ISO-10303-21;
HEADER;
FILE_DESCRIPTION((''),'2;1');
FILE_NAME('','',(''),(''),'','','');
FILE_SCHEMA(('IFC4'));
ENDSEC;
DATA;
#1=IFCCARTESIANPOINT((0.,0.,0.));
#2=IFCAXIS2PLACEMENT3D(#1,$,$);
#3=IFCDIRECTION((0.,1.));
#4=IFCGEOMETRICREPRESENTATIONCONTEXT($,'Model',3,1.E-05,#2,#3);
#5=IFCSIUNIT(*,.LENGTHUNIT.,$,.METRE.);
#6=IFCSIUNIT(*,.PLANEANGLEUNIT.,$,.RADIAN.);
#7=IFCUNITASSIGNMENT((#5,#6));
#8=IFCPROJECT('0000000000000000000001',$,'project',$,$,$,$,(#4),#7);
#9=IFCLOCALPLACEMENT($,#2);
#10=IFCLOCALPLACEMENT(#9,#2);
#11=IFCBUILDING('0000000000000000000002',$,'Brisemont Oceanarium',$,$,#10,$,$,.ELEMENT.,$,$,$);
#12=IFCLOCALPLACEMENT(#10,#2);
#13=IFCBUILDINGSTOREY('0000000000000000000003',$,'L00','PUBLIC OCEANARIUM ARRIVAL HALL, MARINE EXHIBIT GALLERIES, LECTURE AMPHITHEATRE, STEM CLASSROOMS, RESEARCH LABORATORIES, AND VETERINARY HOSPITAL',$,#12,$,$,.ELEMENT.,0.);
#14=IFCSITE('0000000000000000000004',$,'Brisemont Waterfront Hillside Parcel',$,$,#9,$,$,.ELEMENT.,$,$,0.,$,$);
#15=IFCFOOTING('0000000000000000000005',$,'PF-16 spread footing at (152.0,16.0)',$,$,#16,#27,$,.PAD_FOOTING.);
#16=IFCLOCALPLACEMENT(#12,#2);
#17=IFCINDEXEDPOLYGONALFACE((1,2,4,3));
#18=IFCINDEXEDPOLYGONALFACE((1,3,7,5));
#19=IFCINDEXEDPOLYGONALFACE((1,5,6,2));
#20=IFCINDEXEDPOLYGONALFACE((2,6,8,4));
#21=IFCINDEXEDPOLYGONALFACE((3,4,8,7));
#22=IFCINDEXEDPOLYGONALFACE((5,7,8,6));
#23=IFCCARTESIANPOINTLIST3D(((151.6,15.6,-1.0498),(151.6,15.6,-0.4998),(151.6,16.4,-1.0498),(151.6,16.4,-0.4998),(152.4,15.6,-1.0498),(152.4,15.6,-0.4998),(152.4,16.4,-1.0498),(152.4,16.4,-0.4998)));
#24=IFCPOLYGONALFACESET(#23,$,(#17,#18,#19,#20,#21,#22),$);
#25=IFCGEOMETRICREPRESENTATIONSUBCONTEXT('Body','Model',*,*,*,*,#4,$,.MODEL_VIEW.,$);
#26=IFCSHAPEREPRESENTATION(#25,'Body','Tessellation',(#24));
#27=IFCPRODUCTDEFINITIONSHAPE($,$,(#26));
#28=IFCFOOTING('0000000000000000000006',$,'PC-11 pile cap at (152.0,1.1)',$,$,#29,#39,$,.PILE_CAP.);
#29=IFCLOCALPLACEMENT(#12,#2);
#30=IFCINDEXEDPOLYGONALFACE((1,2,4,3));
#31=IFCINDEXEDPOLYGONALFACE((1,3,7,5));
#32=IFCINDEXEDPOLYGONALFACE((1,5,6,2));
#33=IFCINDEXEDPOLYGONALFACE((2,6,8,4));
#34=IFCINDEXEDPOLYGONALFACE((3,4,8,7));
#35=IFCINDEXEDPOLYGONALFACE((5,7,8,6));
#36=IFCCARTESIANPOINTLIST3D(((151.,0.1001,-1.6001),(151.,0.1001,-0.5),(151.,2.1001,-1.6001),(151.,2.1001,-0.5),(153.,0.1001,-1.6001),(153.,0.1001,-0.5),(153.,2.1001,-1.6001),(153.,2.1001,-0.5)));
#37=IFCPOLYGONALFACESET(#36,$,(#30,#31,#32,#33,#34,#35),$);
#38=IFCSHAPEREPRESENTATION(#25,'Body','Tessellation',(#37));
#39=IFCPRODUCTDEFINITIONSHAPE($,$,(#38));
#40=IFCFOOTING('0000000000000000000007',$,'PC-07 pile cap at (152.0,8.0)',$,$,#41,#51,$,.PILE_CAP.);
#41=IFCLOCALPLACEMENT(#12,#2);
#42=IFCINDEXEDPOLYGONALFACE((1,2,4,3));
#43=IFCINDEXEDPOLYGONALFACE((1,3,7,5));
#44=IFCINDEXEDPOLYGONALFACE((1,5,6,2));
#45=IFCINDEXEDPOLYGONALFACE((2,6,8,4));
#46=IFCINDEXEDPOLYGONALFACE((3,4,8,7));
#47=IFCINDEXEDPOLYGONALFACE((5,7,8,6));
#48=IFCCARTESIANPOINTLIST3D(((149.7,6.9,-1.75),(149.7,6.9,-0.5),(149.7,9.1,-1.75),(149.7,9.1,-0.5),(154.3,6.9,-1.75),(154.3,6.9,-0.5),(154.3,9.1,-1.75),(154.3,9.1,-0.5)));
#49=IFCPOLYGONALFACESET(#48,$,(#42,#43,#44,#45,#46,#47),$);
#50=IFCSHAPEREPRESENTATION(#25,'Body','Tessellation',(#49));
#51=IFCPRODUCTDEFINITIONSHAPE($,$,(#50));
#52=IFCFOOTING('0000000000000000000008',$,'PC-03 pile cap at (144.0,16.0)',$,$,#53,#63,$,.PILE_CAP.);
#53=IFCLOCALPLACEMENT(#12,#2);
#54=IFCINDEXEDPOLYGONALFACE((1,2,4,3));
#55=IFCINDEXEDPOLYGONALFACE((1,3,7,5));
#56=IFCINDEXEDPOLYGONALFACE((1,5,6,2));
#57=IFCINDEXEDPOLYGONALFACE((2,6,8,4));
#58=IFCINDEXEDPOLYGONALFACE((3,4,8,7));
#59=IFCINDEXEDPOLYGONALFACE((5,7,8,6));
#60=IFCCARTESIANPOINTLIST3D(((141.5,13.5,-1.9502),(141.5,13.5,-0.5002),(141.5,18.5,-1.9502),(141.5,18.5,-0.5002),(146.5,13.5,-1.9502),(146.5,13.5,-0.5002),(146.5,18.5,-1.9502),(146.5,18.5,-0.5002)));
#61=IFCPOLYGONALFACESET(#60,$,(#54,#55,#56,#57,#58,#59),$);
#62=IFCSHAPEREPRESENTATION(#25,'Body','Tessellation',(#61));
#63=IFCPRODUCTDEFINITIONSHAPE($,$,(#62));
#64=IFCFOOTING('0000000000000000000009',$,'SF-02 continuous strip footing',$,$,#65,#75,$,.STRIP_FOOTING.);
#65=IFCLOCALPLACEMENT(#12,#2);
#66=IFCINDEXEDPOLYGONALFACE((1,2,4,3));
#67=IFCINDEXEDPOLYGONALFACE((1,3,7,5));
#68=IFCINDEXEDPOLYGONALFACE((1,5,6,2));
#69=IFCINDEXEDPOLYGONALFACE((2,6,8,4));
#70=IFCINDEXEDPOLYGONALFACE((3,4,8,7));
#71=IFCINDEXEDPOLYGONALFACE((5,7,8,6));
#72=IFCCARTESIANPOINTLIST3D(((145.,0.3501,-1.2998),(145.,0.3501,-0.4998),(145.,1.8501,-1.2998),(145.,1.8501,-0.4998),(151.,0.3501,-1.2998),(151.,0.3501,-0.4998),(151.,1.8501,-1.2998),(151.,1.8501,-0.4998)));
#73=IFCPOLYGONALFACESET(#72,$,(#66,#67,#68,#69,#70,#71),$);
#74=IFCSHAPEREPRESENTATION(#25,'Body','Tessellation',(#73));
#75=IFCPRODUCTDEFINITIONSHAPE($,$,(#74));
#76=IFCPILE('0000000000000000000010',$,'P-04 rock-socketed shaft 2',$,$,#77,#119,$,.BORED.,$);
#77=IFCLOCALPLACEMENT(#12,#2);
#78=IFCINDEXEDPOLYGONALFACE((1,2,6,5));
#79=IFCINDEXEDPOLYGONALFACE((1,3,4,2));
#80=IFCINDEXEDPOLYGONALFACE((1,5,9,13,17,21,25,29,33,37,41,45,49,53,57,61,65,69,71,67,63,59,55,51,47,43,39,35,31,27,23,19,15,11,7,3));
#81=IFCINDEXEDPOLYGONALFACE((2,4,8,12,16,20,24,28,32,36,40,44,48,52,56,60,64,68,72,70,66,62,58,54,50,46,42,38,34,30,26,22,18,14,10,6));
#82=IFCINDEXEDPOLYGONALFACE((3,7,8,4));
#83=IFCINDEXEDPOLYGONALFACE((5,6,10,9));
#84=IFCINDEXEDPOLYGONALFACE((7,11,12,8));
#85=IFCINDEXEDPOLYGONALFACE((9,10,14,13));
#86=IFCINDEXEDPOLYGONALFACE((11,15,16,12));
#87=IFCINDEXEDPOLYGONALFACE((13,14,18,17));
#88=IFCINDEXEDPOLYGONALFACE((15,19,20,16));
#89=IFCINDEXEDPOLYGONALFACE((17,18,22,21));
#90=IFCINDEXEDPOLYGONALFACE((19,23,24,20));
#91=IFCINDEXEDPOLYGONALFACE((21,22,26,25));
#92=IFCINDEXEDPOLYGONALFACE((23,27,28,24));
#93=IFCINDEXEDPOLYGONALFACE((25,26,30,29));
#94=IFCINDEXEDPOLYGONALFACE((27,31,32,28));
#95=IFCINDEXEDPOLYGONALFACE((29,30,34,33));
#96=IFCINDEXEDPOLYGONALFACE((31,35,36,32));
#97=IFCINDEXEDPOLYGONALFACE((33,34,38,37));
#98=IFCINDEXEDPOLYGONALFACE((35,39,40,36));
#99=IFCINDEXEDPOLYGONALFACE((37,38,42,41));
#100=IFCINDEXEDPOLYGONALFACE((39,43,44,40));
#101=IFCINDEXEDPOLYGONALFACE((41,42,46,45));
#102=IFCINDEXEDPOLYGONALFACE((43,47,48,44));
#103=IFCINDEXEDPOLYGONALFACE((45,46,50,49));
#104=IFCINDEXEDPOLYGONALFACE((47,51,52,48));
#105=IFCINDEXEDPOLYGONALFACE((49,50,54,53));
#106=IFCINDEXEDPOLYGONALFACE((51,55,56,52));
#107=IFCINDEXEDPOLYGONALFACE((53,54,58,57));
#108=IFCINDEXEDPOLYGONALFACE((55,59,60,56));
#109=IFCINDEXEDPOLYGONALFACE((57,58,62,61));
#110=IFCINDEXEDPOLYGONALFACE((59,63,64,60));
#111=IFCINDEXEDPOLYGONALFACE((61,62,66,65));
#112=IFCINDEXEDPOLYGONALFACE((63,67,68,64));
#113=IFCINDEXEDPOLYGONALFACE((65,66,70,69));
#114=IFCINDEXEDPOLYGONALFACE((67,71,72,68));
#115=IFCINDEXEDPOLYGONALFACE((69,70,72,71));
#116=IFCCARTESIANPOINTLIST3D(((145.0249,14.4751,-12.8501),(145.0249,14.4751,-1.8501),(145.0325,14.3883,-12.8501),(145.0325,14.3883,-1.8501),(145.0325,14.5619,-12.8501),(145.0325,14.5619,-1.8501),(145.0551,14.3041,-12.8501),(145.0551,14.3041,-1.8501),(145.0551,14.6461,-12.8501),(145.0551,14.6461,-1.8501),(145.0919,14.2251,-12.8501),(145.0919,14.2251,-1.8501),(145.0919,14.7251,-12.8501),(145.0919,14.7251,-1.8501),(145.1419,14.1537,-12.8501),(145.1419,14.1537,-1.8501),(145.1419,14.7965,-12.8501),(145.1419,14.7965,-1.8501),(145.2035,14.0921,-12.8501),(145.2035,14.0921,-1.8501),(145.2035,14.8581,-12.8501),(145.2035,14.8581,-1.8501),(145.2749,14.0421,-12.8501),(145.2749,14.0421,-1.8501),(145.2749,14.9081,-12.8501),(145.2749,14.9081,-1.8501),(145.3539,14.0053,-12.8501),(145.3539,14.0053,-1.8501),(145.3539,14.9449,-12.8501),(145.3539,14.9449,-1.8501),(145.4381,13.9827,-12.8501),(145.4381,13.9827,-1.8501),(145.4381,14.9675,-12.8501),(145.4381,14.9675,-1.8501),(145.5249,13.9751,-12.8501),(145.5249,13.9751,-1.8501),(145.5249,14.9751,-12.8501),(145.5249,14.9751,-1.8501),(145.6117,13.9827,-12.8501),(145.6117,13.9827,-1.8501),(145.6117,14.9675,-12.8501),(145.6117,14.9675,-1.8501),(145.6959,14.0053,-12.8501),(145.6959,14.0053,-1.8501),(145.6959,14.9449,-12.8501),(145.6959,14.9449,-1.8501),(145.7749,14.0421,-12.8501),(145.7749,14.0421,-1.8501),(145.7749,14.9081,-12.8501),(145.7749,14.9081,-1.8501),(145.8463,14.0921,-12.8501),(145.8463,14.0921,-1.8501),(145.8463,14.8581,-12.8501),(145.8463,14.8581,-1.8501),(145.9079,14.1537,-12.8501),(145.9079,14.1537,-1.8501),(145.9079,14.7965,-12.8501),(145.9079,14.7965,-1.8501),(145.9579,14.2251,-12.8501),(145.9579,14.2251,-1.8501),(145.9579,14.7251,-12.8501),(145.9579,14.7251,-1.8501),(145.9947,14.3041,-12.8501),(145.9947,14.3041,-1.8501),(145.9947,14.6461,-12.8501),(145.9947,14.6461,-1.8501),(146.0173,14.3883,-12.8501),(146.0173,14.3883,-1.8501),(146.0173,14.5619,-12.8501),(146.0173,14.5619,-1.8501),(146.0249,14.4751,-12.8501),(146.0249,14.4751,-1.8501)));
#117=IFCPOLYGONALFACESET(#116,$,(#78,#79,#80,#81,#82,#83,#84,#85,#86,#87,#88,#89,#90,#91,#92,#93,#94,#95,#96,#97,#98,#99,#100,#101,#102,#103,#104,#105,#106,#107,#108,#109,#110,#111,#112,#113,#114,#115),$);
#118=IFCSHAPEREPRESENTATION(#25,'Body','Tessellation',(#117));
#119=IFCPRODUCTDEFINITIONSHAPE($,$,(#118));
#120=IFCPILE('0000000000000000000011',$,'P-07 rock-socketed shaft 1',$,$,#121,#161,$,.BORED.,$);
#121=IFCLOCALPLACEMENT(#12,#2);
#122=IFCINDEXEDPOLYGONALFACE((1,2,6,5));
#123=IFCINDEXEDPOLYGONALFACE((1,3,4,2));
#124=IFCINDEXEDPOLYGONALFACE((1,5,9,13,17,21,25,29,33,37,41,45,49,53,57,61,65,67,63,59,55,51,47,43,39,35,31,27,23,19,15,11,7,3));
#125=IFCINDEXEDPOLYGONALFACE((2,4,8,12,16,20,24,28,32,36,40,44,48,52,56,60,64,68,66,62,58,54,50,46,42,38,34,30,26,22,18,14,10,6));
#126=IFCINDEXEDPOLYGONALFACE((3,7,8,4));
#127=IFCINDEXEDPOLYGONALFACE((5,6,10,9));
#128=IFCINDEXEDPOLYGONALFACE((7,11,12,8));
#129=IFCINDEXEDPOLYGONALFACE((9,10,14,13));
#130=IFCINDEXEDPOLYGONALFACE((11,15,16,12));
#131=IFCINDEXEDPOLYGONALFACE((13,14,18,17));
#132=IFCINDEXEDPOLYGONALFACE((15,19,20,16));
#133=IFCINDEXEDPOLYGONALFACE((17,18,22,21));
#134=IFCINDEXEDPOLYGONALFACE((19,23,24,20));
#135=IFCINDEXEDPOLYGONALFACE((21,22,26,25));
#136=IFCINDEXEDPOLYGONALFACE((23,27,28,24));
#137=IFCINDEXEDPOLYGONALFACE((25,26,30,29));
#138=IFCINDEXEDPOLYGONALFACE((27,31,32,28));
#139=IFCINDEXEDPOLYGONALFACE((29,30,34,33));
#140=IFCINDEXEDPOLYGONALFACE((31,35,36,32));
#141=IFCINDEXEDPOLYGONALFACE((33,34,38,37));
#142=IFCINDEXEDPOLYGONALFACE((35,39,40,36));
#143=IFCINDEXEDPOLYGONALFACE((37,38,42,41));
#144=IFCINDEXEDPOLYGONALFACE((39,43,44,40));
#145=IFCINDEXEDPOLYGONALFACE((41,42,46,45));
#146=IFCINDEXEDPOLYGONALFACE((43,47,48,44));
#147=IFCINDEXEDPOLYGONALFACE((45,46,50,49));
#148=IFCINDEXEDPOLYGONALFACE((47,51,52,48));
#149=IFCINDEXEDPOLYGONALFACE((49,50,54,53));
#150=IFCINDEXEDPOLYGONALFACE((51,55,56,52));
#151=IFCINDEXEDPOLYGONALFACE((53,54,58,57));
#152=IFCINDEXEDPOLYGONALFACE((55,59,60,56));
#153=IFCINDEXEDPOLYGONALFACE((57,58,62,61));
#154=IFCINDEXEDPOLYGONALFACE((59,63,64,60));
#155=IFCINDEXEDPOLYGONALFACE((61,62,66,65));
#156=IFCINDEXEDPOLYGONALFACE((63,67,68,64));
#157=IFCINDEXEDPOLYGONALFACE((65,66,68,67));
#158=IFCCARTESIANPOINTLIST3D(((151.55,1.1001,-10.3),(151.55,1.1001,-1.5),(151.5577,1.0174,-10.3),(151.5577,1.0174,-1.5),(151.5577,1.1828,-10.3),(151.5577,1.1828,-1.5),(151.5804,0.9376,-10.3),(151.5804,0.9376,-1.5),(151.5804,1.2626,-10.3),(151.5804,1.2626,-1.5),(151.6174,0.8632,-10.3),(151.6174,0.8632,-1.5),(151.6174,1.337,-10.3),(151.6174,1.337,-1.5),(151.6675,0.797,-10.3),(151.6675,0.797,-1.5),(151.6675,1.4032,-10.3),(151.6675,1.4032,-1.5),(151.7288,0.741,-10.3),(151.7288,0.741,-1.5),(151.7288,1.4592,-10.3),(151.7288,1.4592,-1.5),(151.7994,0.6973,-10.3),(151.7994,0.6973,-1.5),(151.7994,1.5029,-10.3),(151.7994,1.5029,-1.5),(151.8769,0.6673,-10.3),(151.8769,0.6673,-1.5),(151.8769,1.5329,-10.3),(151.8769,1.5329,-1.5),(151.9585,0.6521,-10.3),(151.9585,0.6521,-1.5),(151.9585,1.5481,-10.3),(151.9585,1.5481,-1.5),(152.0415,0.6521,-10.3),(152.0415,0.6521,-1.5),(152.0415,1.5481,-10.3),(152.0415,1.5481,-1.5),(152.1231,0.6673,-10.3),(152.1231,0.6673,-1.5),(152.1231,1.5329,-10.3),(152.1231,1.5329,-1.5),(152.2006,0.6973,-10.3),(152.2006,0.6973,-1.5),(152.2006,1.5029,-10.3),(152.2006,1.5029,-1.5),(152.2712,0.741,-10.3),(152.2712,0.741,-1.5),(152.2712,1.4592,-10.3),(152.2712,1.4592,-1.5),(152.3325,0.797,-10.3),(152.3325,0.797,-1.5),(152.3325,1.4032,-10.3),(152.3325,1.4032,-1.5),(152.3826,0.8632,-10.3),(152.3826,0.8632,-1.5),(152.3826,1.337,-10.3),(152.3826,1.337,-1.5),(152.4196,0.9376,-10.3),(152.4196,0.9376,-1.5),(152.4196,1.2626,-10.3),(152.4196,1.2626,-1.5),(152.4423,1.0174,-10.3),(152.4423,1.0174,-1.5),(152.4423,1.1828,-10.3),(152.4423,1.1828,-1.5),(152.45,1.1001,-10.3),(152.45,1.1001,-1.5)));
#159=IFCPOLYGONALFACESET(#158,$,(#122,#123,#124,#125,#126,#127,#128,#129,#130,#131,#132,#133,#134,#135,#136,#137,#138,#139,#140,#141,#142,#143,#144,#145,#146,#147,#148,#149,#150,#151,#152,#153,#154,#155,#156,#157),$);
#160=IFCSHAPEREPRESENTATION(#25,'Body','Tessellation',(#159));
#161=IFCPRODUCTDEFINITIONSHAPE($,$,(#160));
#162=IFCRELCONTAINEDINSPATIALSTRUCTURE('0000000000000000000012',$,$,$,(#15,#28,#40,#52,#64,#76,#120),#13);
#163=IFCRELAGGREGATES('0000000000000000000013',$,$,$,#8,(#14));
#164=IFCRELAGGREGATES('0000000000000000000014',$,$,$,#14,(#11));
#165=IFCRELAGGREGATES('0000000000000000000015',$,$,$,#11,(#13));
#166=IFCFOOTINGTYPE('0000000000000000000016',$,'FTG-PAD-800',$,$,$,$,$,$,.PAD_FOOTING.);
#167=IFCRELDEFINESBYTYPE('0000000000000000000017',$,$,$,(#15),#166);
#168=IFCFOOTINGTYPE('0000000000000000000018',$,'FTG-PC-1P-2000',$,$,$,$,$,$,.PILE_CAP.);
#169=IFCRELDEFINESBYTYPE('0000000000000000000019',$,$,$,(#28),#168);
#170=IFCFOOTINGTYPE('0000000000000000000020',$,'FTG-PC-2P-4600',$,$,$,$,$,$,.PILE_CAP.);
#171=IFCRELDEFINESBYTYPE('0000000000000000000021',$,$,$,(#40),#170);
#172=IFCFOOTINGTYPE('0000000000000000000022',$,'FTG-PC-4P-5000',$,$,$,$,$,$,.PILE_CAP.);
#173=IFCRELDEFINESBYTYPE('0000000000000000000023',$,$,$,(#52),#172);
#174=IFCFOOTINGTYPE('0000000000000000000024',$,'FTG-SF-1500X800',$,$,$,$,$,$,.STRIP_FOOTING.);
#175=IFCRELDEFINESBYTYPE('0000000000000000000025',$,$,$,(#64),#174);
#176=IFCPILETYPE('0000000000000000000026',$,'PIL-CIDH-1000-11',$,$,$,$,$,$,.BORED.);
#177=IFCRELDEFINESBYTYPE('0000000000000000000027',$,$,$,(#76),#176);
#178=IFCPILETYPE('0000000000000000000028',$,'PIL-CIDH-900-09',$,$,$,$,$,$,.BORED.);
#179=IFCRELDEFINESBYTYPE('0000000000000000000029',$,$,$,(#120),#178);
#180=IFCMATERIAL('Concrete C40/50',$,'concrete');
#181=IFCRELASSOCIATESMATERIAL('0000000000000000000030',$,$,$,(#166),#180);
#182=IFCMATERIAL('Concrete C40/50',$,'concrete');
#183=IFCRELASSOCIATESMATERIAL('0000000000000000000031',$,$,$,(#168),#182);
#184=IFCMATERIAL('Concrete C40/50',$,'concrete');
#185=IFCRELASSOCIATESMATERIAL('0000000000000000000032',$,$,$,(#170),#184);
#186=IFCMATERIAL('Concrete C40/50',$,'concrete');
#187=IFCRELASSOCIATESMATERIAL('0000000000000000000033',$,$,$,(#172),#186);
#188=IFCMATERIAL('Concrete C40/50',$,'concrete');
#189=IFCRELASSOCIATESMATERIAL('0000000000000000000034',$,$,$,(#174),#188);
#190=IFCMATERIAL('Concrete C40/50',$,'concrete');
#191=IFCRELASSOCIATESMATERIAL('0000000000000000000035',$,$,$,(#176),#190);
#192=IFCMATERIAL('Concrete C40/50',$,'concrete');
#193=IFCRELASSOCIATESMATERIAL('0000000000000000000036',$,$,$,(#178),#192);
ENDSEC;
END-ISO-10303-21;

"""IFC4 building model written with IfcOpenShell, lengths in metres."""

from ifc_helpers import new_model, si_unit, direction, frame, origin, origin_2d, place, context, subcontext, project, spatial, rectangle, circle, extrude, material, material_profile, profile_set, type_object, element, save


model = new_model("IFC4")

# Units and contexts
model_context = context("Model", 3, precision=1e-05, world=origin(), true_north=direction((0.0, 1.0)))
body_context = subcontext(model_context, "Body", "Model", "MODEL_VIEW")
ifc_project = project(units=[si_unit("LENGTHUNIT", "METRE"), si_unit("PLANEANGLEUNIT", "RADIAN")], contexts=[model_context])

# Site, building, storey
site_placement = place(None, origin())
site = spatial("IfcSite", under=ifc_project, at=site_placement, Name="Brisemont Waterfront Hillside Parcel", CompositionType="ELEMENT", RefElevation=0.0)
building_placement = place(site_placement, origin())
building = spatial("IfcBuilding", under=site, at=building_placement, Name="Brisemont Oceanarium", CompositionType="ELEMENT")
storey_placement = place(building_placement, origin())
storey = spatial("IfcBuildingStorey", under=building, at=storey_placement, Name="L00", Description="PUBLIC OCEANARIUM ARRIVAL HALL, MARINE EXHIBIT GALLERIES, LECTURE AMPHITHEATRE, STEM CLASSROOMS, RESEARCH LABORATORIES, AND VETERINARY HOSPITAL", CompositionType="ELEMENT", Elevation=0.0)

# Footings
ifc_material_1 = material(Name="Concrete C40/50", Category="concrete")
footing_type_1 = type_object("IfcFootingType", Name="FTG-PAD-800", PredefinedType="PAD_FOOTING", material=ifc_material_1)
footing_1_placement = place(storey_placement, frame((152.0, 16.0, -1.0498), z_axis=(0.0, 0.0, 1.0), x_axis=(1.0, 0.0, 0.0)))
element("IfcFooting", 1, at=footing_1_placement, inside=storey, type_object=footing_type_1, Name="PF-16 spread footing at (152.0,16.0)", PredefinedType="PAD_FOOTING", context=body_context, shape_type="SweptSolid", body=[
    extrude(rectangle(XDim=0.8, YDim=0.8, at=origin_2d()), origin(), (0.0, 0.0, 1.0), 0.55),
])
ifc_material_2 = material(Name="Concrete C40/50", Category="concrete")
footing_type_2 = type_object("IfcFootingType", Name="FTG-PC-1P-2000", PredefinedType="PILE_CAP", material=ifc_material_2)
footing_2_placement = place(storey_placement, frame((152.0, 1.1001, -1.6001), z_axis=(0.0, 0.0, 1.0), x_axis=(1.0, 0.0, 0.0)))
element("IfcFooting", 2, at=footing_2_placement, inside=storey, type_object=footing_type_2, Name="PC-11 pile cap at (152.0,1.1)", PredefinedType="PILE_CAP", context=body_context, shape_type="SweptSolid", body=[
    extrude(rectangle(XDim=2.0, YDim=2.0, at=origin_2d()), origin(), (0.0, 0.0, 1.0), 1.1001),
])
ifc_material_3 = material(Name="Concrete C40/50", Category="concrete")
footing_type_3 = type_object("IfcFootingType", Name="FTG-PC-2P-4600", PredefinedType="PILE_CAP", material=ifc_material_3)
footing_3_placement = place(storey_placement, frame((152.0, 8.0, -1.75), z_axis=(0.0, 0.0, 1.0), x_axis=(1.0, 0.0, 0.0)))
element("IfcFooting", 3, at=footing_3_placement, inside=storey, type_object=footing_type_3, Name="PC-07 pile cap at (152.0,8.0)", PredefinedType="PILE_CAP", context=body_context, shape_type="SweptSolid", body=[
    extrude(rectangle(XDim=4.6001, YDim=2.2, at=origin_2d()), origin(), (0.0, 0.0, 1.0), 1.25),
])
ifc_material_4 = material(Name="Concrete C40/50", Category="concrete")
footing_type_4 = type_object("IfcFootingType", Name="FTG-PC-4P-5000", PredefinedType="PILE_CAP", material=ifc_material_4)
footing_4_placement = place(storey_placement, frame((144.0, 16.0, -1.9502), z_axis=(0.0, 0.0, 1.0), x_axis=(1.0, 0.0, 0.0)))
element("IfcFooting", 4, at=footing_4_placement, inside=storey, type_object=footing_type_4, Name="PC-03 pile cap at (144.0,16.0)", PredefinedType="PILE_CAP", context=body_context, shape_type="SweptSolid", body=[
    extrude(rectangle(XDim=5.0, YDim=5.0, at=origin_2d()), origin(), (0.0, 0.0, 1.0), 1.45),
])
ifc_material_5 = material(Name="Concrete C40/50", Category="concrete")
footing_type_5 = type_object("IfcFootingType", Name="FTG-SF-1500X800", PredefinedType="STRIP_FOOTING", material=ifc_material_5)
footing_5_placement = place(storey_placement, frame((148.0, 1.1001, -1.2998), z_axis=(0.0, 0.0, 1.0), x_axis=(1.0, 0.0, 0.0)))
element("IfcFooting", 5, at=footing_5_placement, inside=storey, type_object=footing_type_5, Name="SF-02 continuous strip footing", PredefinedType="STRIP_FOOTING", context=body_context, shape_type="SweptSolid", body=[
    extrude(rectangle(XDim=6.0, YDim=1.5, at=origin_2d()), origin(), (0.0, 0.0, 1.0), 0.8),
])

# Piles
ifc_material_6 = material(Name="Concrete C40/50", Category="concrete")
ifc_material_profile_1 = material_profile(ifc_material_6, circle(Radius=0.5, at=origin_2d()), Name="CIDH-D1000")
ifc_profile_set_1 = profile_set([ifc_material_profile_1], Name="Concrete C40/50")
pile_type_1 = type_object("IfcPileType", Name="PIL-CIDH-1000-11", PredefinedType="BORED", material=ifc_profile_set_1)
pile_placement = place(storey_placement, frame((145.5249, 14.4751, -1.8501), z_axis=(0.0, 0.0, -1.0), x_axis=(1.0, 0.0, 0.0)))
element("IfcPile", 6, at=pile_placement, inside=storey, type_object=pile_type_1, Name="P-04 rock-socketed shaft 2", PredefinedType="BORED", context=body_context, shape_type="SweptSolid", body=[
    extrude(circle(Radius=0.5, at=origin_2d()), origin(), (0.0, 0.0, 1.0), 11.0),
])
ifc_material_7 = material(Name="Concrete C40/50", Category="concrete")
ifc_material_profile_2 = material_profile(ifc_material_7, circle(Radius=0.45, at=origin_2d()), Name="CIDH-D900")
ifc_profile_set_2 = profile_set([ifc_material_profile_2], Name="Concrete C40/50")
pile_type_2 = type_object("IfcPileType", Name="PIL-CIDH-900-09", PredefinedType="BORED", material=ifc_profile_set_2)
for number, where, z_axis, x_axis, name in (
    (7, (152.0, 1.1001, -1.5), (0.0, 0.0, -1.0), (1.0, 0.0, 0.0), "P-07 rock-socketed shaft 1"),
):
    element("IfcPile", number, at=place(storey_placement, frame(where, z_axis=z_axis, x_axis=x_axis)), inside=storey, type_object=pile_type_2, Name=name, PredefinedType="BORED", context=body_context, shape_type="SweptSolid", body=[
        extrude(circle(Radius=0.45, at=origin_2d()), origin(), (0.0, 0.0, 1.0), 8.8),
    ])

save(model, "model.ifc")
